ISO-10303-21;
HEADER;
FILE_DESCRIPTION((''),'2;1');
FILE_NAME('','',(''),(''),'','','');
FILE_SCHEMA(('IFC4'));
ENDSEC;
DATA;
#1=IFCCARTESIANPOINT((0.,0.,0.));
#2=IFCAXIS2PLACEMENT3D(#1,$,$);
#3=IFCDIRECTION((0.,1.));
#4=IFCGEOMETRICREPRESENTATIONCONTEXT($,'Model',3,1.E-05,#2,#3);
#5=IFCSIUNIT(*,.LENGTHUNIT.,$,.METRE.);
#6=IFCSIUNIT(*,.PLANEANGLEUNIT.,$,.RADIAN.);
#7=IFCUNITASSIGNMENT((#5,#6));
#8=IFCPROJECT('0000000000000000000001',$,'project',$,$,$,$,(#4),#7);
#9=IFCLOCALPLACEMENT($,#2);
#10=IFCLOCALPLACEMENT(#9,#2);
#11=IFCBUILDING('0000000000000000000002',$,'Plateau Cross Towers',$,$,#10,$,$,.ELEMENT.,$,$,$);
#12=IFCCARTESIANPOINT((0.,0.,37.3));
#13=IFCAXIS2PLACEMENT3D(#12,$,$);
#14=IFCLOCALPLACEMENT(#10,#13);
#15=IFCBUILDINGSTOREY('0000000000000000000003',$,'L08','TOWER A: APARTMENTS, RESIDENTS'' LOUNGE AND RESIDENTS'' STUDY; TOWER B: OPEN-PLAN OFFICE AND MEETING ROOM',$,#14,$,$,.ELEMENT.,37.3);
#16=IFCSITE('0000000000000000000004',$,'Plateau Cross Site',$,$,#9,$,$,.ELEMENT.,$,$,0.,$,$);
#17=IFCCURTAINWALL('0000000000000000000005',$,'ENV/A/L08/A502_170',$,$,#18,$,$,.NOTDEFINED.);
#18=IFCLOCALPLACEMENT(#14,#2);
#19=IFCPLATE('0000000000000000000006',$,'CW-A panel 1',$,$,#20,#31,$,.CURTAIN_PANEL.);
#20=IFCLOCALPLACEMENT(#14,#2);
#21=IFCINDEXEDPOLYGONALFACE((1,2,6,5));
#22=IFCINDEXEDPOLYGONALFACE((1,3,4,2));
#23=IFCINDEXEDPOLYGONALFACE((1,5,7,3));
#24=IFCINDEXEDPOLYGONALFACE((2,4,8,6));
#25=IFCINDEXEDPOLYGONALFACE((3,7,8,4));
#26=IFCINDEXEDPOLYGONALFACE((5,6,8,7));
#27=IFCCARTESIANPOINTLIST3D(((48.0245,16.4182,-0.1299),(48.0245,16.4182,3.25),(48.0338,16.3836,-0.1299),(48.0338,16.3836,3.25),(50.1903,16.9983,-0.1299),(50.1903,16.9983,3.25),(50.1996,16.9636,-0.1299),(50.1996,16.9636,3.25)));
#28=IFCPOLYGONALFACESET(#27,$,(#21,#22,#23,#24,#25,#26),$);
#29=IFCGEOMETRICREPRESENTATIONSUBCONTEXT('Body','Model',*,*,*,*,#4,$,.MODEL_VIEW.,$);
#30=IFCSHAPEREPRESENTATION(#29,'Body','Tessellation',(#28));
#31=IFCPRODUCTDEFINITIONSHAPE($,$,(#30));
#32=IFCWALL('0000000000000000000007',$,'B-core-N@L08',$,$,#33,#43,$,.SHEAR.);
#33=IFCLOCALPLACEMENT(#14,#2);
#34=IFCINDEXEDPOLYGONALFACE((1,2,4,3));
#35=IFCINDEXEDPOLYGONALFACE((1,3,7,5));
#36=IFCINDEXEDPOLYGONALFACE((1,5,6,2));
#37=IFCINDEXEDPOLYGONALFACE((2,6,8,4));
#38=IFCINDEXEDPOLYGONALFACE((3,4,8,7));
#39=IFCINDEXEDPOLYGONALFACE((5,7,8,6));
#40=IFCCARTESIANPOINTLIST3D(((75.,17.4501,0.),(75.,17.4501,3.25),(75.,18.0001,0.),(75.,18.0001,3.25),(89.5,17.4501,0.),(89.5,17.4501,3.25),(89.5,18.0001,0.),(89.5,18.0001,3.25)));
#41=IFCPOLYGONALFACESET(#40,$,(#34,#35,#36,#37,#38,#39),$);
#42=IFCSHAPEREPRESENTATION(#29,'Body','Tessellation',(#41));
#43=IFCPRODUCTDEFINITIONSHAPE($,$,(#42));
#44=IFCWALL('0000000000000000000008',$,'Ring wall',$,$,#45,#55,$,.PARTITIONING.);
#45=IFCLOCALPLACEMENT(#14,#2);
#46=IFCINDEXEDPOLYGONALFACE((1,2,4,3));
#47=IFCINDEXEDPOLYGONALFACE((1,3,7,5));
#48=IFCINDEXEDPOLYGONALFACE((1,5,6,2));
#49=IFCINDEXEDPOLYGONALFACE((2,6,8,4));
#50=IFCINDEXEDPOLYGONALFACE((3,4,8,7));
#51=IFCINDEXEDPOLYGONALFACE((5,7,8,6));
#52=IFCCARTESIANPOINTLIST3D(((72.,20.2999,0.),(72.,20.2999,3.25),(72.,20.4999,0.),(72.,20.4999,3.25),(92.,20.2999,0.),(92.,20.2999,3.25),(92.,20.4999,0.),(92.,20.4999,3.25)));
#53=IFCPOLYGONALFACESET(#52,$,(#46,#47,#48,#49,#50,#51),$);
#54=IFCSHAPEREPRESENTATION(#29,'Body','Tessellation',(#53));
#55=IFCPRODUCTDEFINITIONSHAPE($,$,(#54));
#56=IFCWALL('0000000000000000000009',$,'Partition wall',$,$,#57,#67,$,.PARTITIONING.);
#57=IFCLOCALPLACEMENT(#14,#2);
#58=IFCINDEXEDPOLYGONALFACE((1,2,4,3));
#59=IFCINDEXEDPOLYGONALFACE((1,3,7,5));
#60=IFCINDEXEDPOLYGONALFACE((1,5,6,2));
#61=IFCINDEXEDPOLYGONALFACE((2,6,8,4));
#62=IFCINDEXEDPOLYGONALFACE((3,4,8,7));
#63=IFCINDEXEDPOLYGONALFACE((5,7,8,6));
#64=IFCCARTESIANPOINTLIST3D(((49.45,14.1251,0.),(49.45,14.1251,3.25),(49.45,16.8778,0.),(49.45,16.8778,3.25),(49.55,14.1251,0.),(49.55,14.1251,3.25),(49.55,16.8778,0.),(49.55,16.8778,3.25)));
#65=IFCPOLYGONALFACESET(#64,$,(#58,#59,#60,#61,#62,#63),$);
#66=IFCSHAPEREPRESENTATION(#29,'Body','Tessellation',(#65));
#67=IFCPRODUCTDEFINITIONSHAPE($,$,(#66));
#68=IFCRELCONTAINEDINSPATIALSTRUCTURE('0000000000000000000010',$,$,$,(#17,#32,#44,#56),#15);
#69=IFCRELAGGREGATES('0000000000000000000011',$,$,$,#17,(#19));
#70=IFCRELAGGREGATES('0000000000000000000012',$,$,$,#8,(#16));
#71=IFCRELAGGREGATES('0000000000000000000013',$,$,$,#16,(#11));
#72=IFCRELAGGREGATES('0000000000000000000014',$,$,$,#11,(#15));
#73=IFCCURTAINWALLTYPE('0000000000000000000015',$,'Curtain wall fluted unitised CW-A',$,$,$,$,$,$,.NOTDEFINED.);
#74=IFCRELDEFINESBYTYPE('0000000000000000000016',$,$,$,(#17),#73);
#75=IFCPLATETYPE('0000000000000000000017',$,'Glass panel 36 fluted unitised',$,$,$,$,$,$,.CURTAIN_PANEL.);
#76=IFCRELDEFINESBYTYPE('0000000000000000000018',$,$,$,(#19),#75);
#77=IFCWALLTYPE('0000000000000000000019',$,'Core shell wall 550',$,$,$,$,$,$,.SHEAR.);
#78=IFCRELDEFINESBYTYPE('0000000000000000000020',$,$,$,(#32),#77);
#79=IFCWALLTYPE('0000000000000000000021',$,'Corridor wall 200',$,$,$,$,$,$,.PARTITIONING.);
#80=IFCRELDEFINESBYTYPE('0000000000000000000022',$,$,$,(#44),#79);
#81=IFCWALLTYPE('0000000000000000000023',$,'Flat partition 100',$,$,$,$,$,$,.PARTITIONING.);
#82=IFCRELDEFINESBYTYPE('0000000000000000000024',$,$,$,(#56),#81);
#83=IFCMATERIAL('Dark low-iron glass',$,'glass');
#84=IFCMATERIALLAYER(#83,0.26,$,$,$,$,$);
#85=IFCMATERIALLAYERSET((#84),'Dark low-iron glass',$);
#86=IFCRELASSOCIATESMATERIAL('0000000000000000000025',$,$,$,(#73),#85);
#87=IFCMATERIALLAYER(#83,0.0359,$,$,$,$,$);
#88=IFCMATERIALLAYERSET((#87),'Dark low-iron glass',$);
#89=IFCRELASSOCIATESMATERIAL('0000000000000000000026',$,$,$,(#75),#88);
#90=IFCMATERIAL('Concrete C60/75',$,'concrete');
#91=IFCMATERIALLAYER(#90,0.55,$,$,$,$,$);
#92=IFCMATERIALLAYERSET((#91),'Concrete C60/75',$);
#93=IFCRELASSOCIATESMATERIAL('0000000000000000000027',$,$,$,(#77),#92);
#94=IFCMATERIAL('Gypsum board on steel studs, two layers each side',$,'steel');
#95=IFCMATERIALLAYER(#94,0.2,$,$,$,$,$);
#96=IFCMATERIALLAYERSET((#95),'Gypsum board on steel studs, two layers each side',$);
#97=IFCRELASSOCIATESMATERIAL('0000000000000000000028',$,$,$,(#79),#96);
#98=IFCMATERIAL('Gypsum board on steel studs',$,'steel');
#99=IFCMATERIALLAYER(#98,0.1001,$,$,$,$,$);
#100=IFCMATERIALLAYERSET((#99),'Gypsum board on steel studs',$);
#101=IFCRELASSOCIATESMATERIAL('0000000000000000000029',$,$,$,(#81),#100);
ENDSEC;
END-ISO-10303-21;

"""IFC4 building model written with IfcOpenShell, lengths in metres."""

from ifc_helpers import new_model, si_unit, direction, frame, frame_2d, origin, origin_2d, place, context, subcontext, project, spatial, rectangle, extrude, material, layer, layer_set, type_object, element, aggregate, save


model = new_model("IFC4")

# Units and contexts
model_context = context("Model", 3, precision=1e-05, world=origin(), true_north=direction((0.0, 1.0)))
body_context = subcontext(model_context, "Body", "Model", "MODEL_VIEW")
ifc_project = project(units=[si_unit("LENGTHUNIT", "METRE"), si_unit("PLANEANGLEUNIT", "RADIAN")], contexts=[model_context])

# Site, building, storey
site_placement = place(None, origin())
site = spatial("IfcSite", under=ifc_project, at=site_placement, Name="Plateau Cross Site", CompositionType="ELEMENT", RefElevation=0.0)
building_placement = place(site_placement, origin())
building = spatial("IfcBuilding", under=site, at=building_placement, Name="Plateau Cross Towers", CompositionType="ELEMENT")
storey_placement = place(building_placement, frame((0.0, 0.0, 37.3)))
storey = spatial("IfcBuildingStorey", under=building, at=storey_placement, Name="L08", Description="TOWER A: APARTMENTS, RESIDENTS' LOUNGE AND RESIDENTS' STUDY; TOWER B: OPEN-PLAN OFFICE AND MEETING ROOM", CompositionType="ELEMENT", Elevation=37.3)

# Shared definitions
ifc_material_1 = material(Name="Concrete C60/75", Category="concrete")

# Shared definitions
ifc_material_2 = material(Name="Dark low-iron glass", Category="glass")

# Curtain wall
ifc_layer_1 = layer(ifc_material_2, 0.26)
ifc_layer_set_1 = layer_set([ifc_layer_1], Name="Dark low-iron glass")
curtain_wall_type_1 = type_object("IfcCurtainWallType", Name="Curtain wall fluted unitised CW-A", PredefinedType="NOTDEFINED", material=ifc_layer_set_1)
curtain_wall_1_placement = place(storey_placement, origin())
curtain_wall_1 = element("IfcCurtainWall", 1, at=curtain_wall_1_placement, inside=storey, type_object=curtain_wall_type_1, Name="ENV/A/L08/A502_170", PredefinedType="NOTDEFINED")

# Plate
ifc_layer_2 = layer(ifc_material_2, 0.0359)
ifc_layer_set_2 = layer_set([ifc_layer_2], Name="Dark low-iron glass")
plate_type_1 = type_object("IfcPlateType", Name="Glass panel 36 fluted unitised", PredefinedType="CURTAIN_PANEL", material=ifc_layer_set_2)
plate_1_placement = place(storey_placement, frame((49.1121, 16.6909, -0.1299), z_axis=(0.0, 0.0, 1.0), x_axis=(-0.965958, -0.258699, 0.0)))
plate_1 = element("IfcPlate", 2, at=plate_1_placement, type_object=plate_type_1, Name="CW-A panel 1", PredefinedType="CURTAIN_PANEL", context=body_context, shape_type="SweptSolid", body=[
    extrude(rectangle(XDim=2.2422, YDim=0.0359, at=origin_2d()), origin(), (0.0, 0.0, 1.0), 3.3799),
])
aggregate(curtain_wall_1, [plate_1])

# Walls
ifc_layer_3 = layer(ifc_material_1, 0.55)
ifc_layer_set_3 = layer_set([ifc_layer_3], Name="Concrete C60/75")
wall_type_1 = type_object("IfcWallType", Name="Core shell wall 550", PredefinedType="SHEAR", material=ifc_layer_set_3)
wall_1_placement = place(storey_placement, frame((75.0, 17.7251, 0.0), z_axis=(0.0, 0.0, 1.0), x_axis=(1.0, 0.0, 0.0)))
element("IfcWall", 3, at=wall_1_placement, inside=storey, type_object=wall_type_1, Name="B-core-N@L08", PredefinedType="SHEAR", context=body_context, shape_type="SweptSolid", body=[
    extrude(rectangle(XDim=14.5, YDim=0.55, at=frame_2d((7.25, 0.0))), origin(), (0.0, 0.0, 1.0), 3.25),
])
ifc_material_3 = material(Name="Gypsum board on steel studs, two layers each side", Category="steel")
ifc_layer_4 = layer(ifc_material_3, 0.2)
ifc_layer_set_4 = layer_set([ifc_layer_4], Name="Gypsum board on steel studs, two layers each side")
wall_type_2 = type_object("IfcWallType", Name="Corridor wall 200", PredefinedType="PARTITIONING", material=ifc_layer_set_4)
wall_2_placement = place(storey_placement, frame((72.0, 20.3999, 0.0), z_axis=(0.0, 0.0, 1.0), x_axis=(1.0, 0.0, 0.0)))
element("IfcWall", 4, at=wall_2_placement, inside=storey, type_object=wall_type_2, Name="Ring wall", PredefinedType="PARTITIONING", context=body_context, shape_type="SweptSolid", body=[
    extrude(rectangle(XDim=20.0, YDim=0.2, at=frame_2d((10.0, 0.0))), origin(), (0.0, 0.0, 1.0), 3.25),
])
ifc_material_4 = material(Name="Gypsum board on steel studs", Category="steel")
ifc_layer_5 = layer(ifc_material_4, 0.1001)
ifc_layer_set_5 = layer_set([ifc_layer_5], Name="Gypsum board on steel studs")
wall_type_3 = type_object("IfcWallType", Name="Flat partition 100", PredefinedType="PARTITIONING", material=ifc_layer_set_5)
wall_3_placement = place(storey_placement, frame((49.5, 14.125, 0.0), z_axis=(0.0, 0.0, 1.0), x_axis=(0.0, 1.0, 0.0)))
element("IfcWall", 5, at=wall_3_placement, inside=storey, type_object=wall_type_3, Name="Partition wall", PredefinedType="PARTITIONING", context=body_context, shape_type="SweptSolid", body=[
    extrude(rectangle(XDim=2.7527, YDim=0.1001, at=frame_2d((1.3765, 0.0))), origin(), (0.0, 0.0, 1.0), 3.25),
])

save(model, "model.ifc")
